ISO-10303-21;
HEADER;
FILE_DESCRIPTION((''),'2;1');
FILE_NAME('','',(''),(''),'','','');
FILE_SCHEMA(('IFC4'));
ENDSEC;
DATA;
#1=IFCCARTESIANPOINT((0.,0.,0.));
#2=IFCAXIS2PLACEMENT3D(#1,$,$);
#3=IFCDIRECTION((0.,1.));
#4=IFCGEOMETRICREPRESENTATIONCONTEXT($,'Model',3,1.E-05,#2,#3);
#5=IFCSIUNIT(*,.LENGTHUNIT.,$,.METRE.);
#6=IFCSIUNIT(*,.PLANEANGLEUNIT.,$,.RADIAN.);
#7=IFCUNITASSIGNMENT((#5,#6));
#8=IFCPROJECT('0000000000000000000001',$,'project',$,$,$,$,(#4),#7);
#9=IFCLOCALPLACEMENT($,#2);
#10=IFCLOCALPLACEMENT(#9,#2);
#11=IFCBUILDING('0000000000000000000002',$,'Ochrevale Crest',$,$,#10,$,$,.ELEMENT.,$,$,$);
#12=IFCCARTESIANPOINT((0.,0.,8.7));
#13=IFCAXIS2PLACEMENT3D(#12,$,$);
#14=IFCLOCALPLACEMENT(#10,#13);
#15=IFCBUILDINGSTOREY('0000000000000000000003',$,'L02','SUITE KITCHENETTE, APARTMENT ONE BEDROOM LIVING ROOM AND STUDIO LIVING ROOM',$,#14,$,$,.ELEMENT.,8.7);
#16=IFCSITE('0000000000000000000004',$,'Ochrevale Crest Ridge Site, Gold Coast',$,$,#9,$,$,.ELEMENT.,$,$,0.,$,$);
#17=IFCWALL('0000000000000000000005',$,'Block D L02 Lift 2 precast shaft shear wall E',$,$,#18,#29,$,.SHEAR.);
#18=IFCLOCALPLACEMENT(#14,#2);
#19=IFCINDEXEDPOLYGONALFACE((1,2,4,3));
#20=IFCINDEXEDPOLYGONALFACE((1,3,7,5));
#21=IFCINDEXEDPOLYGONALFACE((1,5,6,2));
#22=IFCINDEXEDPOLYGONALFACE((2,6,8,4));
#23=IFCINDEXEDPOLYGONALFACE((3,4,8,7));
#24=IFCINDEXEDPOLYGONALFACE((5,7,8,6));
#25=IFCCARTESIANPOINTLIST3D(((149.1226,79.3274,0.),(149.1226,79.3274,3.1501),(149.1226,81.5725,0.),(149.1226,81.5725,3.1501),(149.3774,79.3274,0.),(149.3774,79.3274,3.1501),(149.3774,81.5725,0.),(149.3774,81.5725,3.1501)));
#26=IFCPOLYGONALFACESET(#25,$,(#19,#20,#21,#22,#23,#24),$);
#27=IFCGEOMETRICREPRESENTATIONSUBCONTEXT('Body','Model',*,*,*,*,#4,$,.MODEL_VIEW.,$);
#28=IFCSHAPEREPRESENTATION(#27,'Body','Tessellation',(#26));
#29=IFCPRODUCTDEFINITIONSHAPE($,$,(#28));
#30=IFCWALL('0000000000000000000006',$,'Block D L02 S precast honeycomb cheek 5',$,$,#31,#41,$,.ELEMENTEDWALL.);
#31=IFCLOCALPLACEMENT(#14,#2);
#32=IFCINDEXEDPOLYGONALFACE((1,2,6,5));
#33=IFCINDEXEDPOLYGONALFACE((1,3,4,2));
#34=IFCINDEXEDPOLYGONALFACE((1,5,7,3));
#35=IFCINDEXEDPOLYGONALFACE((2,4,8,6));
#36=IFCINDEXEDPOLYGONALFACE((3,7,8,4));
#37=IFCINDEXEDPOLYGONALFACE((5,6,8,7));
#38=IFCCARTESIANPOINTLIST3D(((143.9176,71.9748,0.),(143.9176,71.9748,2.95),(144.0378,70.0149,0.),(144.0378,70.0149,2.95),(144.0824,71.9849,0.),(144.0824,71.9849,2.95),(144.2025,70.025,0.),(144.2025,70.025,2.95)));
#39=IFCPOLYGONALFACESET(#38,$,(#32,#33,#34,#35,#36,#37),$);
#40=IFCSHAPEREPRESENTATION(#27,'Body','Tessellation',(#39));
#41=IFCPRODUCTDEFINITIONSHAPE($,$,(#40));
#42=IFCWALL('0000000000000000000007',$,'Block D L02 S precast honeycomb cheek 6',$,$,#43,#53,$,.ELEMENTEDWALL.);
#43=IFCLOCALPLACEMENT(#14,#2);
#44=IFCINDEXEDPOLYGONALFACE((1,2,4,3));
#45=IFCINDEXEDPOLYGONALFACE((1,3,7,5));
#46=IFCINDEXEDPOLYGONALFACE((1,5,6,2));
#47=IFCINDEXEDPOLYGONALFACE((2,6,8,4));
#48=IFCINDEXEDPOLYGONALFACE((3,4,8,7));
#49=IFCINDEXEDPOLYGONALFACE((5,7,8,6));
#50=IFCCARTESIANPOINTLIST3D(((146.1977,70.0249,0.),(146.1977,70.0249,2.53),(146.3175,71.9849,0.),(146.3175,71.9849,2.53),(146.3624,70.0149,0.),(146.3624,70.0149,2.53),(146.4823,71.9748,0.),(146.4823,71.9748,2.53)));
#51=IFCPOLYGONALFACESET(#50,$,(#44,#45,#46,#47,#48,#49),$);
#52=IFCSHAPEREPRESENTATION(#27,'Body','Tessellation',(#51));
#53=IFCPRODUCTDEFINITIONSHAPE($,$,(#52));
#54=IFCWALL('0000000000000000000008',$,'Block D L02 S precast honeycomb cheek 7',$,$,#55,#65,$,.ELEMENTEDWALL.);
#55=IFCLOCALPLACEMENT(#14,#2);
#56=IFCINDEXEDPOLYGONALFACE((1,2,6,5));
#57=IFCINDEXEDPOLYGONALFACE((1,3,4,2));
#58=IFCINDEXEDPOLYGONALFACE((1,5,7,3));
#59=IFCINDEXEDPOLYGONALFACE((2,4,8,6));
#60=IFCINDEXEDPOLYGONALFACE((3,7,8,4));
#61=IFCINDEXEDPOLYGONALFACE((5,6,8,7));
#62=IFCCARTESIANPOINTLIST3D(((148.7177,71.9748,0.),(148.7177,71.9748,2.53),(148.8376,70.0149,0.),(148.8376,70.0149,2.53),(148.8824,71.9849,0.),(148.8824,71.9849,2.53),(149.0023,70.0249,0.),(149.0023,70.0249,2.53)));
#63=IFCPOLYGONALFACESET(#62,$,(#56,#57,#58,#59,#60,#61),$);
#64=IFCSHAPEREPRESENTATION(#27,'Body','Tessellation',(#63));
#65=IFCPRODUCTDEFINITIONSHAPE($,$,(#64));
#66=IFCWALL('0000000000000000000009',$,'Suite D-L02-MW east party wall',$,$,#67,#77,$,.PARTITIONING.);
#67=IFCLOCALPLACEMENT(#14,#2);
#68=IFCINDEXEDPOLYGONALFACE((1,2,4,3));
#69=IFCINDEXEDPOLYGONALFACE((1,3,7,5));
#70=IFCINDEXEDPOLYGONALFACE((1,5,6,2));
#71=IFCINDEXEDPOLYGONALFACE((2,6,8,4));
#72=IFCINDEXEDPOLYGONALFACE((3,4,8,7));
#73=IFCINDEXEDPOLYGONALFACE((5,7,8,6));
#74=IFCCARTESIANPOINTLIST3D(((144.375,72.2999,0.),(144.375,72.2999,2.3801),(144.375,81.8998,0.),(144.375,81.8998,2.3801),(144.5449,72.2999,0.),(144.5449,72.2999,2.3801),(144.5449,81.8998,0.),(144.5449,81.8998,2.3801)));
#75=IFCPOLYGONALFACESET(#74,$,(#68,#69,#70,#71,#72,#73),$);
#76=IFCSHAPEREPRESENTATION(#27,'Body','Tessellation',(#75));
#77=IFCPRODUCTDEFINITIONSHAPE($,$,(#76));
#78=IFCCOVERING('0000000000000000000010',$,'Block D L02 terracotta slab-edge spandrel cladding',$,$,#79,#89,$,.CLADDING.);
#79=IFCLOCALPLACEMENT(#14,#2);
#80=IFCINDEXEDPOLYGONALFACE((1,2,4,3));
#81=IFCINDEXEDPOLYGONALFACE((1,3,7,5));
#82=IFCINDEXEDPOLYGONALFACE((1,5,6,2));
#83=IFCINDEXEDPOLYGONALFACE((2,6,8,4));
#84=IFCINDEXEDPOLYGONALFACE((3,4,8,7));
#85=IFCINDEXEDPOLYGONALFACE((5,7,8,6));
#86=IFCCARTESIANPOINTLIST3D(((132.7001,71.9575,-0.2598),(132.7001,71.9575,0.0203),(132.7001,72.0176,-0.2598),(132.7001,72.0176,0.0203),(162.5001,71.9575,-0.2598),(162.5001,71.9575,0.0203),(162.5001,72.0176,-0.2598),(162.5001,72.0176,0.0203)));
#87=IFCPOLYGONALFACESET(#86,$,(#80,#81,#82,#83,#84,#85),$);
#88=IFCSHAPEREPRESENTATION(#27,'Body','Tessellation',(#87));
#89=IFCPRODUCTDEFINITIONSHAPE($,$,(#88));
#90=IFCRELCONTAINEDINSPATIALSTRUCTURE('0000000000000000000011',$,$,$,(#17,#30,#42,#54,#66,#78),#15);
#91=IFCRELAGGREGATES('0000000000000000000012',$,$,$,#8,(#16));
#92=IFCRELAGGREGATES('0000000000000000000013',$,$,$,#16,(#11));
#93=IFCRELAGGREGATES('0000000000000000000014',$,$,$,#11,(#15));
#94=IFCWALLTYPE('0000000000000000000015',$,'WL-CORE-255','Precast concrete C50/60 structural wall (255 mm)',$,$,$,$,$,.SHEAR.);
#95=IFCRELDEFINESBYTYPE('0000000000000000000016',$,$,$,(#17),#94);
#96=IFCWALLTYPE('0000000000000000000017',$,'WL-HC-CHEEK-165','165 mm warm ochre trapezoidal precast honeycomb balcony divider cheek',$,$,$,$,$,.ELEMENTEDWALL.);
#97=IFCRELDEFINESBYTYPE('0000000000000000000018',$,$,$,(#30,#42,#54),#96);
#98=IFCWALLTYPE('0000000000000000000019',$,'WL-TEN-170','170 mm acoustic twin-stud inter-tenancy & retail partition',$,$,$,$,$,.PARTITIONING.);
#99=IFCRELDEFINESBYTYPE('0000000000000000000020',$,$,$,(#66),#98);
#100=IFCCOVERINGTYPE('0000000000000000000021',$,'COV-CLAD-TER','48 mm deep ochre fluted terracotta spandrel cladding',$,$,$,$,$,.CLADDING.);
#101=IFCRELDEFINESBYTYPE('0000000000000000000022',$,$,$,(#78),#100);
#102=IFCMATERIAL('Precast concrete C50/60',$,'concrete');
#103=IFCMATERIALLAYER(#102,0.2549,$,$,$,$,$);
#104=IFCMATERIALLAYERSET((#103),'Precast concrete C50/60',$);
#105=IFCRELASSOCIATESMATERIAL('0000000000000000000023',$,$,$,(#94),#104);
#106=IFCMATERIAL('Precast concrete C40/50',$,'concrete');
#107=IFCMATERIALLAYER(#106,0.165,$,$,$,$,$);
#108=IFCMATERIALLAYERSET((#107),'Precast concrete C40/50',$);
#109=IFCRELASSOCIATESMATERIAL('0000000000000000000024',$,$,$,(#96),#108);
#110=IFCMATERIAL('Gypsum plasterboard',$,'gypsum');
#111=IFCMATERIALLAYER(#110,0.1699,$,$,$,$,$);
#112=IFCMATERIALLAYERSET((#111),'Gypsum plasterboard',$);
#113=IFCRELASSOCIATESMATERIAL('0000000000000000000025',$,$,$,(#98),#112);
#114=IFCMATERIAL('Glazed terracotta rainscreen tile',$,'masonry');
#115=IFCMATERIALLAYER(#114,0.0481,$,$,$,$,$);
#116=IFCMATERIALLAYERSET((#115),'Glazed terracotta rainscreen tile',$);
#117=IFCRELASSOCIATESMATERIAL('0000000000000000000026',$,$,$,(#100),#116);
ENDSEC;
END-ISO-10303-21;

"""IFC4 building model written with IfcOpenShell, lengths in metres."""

from ifc_helpers import new_model, si_unit, direction, frame, frame_2d, origin, origin_2d, place, context, subcontext, project, spatial, rectangle, extrude, material, layer, layer_set, type_object, element, save


model = new_model("IFC4")

# Units and contexts
model_context = context("Model", 3, precision=1e-05, world=origin(), true_north=direction((0.0, 1.0)))
body_context = subcontext(model_context, "Body", "Model", "MODEL_VIEW")
ifc_project = project(units=[si_unit("LENGTHUNIT", "METRE"), si_unit("PLANEANGLEUNIT", "RADIAN")], contexts=[model_context])

# Site, building, storey
site_placement = place(None, origin())
site = spatial("IfcSite", under=ifc_project, at=site_placement, Name="Ochrevale Crest Ridge Site, Gold Coast", CompositionType="ELEMENT", RefElevation=0.0)
building_placement = place(site_placement, origin())
building = spatial("IfcBuilding", under=site, at=building_placement, Name="Ochrevale Crest", CompositionType="ELEMENT")
storey_placement = place(building_placement, frame((0.0, 0.0, 8.7)))
storey = spatial("IfcBuildingStorey", under=building, at=storey_placement, Name="L02", Description="SUITE KITCHENETTE, APARTMENT ONE BEDROOM LIVING ROOM AND STUDIO LIVING ROOM", CompositionType="ELEMENT", Elevation=8.7)

# Shared definitions
ifc_material_1 = material(Name="Precast concrete C50/60", Category="concrete")

# Shared definitions
ifc_material_2 = material(Name="Precast concrete C40/50", Category="concrete")

# Walls
ifc_layer_1 = layer(ifc_material_1, 0.2549)
ifc_layer_set_1 = layer_set([ifc_layer_1], Name="Precast concrete C50/60")
wall_type_1 = type_object("IfcWallType", Name="WL-CORE-255", Description="Precast concrete C50/60 structural wall (255 mm)", PredefinedType="SHEAR", material=ifc_layer_set_1)
wall_1_placement = place(storey_placement, frame((149.25, 79.3274, 0.0), z_axis=(0.0, 0.0, 1.0), x_axis=(0.0, 1.0, 0.0)))
element("IfcWall", 1, at=wall_1_placement, inside=storey, type_object=wall_type_1, Name="Block D L02 Lift 2 precast shaft shear wall E", PredefinedType="SHEAR", context=body_context, shape_type="SweptSolid", body=[
    extrude(rectangle(XDim=2.2451, YDim=0.2549, at=frame_2d((1.1226, 0.0))), origin(), (0.0, 0.0, 1.0), 3.1501),
])
ifc_layer_2 = layer(ifc_material_2, 0.165)
ifc_layer_set_2 = layer_set([ifc_layer_2], Name="Precast concrete C40/50")
wall_type_2 = type_object("IfcWallType", Name="WL-HC-CHEEK-165", Description="165 mm warm ochre trapezoidal precast honeycomb balcony divider cheek", PredefinedType="ELEMENTEDWALL", material=ifc_layer_set_2)
wall_2_placement = place(storey_placement, frame((144.0, 71.98, 0.0), z_axis=(0.0, 0.0, 1.0), x_axis=(0.061171, -0.998127, 0.0)))
element("IfcWall", 2, at=wall_2_placement, inside=storey, type_object=wall_type_2, Name="Block D L02 S precast honeycomb cheek 5", PredefinedType="ELEMENTEDWALL", context=body_context, shape_type="SweptSolid", body=[
    extrude(rectangle(XDim=1.9636, YDim=0.165, at=frame_2d((0.9819, 0.0))), origin(), (0.0, 0.0, 1.0), 2.95),
])
for number, where, z_axis, x_axis, name in (
    (3, (146.3999, 71.98, 0.0), (0.0, 0.0, 1.0), (-0.061047, -0.998135, 0.0), "Block D L02 S precast honeycomb cheek 6"),
    (4, (148.8, 71.98, 0.0), (0.0, 0.0, 1.0), (0.061047, -0.998135, 0.0), "Block D L02 S precast honeycomb cheek 7"),
):
    element("IfcWall", number, at=place(storey_placement, frame(where, z_axis=z_axis, x_axis=x_axis)), inside=storey, type_object=wall_type_2, Name=name, PredefinedType="ELEMENTEDWALL", context=body_context, shape_type="SweptSolid", body=[
        extrude(rectangle(XDim=1.9636, YDim=0.165, at=frame_2d((0.9819, 0.0))), origin(), (0.0, 0.0, 1.0), 2.53),
    ])
ifc_material_3 = material(Name="Gypsum plasterboard", Category="gypsum")
ifc_layer_3 = layer(ifc_material_3, 0.1699)
ifc_layer_set_3 = layer_set([ifc_layer_3], Name="Gypsum plasterboard")
wall_type_3 = type_object("IfcWallType", Name="WL-TEN-170", Description="170 mm acoustic twin-stud inter-tenancy & retail partition", PredefinedType="PARTITIONING", material=ifc_layer_set_3)
wall_3_placement = place(storey_placement, frame((144.46, 72.3, 0.0), z_axis=(0.0, 0.0, 1.0), x_axis=(0.0, 1.0, 0.0)))
element("IfcWall", 5, at=wall_3_placement, inside=storey, type_object=wall_type_3, Name="Suite D-L02-MW east party wall", PredefinedType="PARTITIONING", context=body_context, shape_type="SweptSolid", body=[
    extrude(rectangle(XDim=9.5999, YDim=0.1699, at=frame_2d((4.7998, 0.0))), origin(), (0.0, 0.0, 1.0), 2.3801),
])

# Covering
ifc_material_4 = material(Name="Glazed terracotta rainscreen tile", Category="masonry")
ifc_layer_4 = layer(ifc_material_4, 0.0481)
ifc_layer_set_4 = layer_set([ifc_layer_4], Name="Glazed terracotta rainscreen tile")
covering_type = type_object("IfcCoveringType", Name="COV-CLAD-TER", Description="48 mm deep ochre fluted terracotta spandrel cladding", PredefinedType="CLADDING", material=ifc_layer_set_4)
covering_placement = place(storey_placement, frame((147.6001, 71.9875, -0.2598), z_axis=(0.0, 0.0, 1.0), x_axis=(1.0, 0.0, 0.0)))
element("IfcCovering", 6, at=covering_placement, inside=storey, type_object=covering_type, Name="Block D L02 terracotta slab-edge spandrel cladding", PredefinedType="CLADDING", context=body_context, shape_type="SweptSolid", body=[
    extrude(rectangle(XDim=29.8, YDim=0.0601, at=origin_2d()), origin(), (0.0, 0.0, 1.0), 0.28),
])

save(model, "model.ifc")
